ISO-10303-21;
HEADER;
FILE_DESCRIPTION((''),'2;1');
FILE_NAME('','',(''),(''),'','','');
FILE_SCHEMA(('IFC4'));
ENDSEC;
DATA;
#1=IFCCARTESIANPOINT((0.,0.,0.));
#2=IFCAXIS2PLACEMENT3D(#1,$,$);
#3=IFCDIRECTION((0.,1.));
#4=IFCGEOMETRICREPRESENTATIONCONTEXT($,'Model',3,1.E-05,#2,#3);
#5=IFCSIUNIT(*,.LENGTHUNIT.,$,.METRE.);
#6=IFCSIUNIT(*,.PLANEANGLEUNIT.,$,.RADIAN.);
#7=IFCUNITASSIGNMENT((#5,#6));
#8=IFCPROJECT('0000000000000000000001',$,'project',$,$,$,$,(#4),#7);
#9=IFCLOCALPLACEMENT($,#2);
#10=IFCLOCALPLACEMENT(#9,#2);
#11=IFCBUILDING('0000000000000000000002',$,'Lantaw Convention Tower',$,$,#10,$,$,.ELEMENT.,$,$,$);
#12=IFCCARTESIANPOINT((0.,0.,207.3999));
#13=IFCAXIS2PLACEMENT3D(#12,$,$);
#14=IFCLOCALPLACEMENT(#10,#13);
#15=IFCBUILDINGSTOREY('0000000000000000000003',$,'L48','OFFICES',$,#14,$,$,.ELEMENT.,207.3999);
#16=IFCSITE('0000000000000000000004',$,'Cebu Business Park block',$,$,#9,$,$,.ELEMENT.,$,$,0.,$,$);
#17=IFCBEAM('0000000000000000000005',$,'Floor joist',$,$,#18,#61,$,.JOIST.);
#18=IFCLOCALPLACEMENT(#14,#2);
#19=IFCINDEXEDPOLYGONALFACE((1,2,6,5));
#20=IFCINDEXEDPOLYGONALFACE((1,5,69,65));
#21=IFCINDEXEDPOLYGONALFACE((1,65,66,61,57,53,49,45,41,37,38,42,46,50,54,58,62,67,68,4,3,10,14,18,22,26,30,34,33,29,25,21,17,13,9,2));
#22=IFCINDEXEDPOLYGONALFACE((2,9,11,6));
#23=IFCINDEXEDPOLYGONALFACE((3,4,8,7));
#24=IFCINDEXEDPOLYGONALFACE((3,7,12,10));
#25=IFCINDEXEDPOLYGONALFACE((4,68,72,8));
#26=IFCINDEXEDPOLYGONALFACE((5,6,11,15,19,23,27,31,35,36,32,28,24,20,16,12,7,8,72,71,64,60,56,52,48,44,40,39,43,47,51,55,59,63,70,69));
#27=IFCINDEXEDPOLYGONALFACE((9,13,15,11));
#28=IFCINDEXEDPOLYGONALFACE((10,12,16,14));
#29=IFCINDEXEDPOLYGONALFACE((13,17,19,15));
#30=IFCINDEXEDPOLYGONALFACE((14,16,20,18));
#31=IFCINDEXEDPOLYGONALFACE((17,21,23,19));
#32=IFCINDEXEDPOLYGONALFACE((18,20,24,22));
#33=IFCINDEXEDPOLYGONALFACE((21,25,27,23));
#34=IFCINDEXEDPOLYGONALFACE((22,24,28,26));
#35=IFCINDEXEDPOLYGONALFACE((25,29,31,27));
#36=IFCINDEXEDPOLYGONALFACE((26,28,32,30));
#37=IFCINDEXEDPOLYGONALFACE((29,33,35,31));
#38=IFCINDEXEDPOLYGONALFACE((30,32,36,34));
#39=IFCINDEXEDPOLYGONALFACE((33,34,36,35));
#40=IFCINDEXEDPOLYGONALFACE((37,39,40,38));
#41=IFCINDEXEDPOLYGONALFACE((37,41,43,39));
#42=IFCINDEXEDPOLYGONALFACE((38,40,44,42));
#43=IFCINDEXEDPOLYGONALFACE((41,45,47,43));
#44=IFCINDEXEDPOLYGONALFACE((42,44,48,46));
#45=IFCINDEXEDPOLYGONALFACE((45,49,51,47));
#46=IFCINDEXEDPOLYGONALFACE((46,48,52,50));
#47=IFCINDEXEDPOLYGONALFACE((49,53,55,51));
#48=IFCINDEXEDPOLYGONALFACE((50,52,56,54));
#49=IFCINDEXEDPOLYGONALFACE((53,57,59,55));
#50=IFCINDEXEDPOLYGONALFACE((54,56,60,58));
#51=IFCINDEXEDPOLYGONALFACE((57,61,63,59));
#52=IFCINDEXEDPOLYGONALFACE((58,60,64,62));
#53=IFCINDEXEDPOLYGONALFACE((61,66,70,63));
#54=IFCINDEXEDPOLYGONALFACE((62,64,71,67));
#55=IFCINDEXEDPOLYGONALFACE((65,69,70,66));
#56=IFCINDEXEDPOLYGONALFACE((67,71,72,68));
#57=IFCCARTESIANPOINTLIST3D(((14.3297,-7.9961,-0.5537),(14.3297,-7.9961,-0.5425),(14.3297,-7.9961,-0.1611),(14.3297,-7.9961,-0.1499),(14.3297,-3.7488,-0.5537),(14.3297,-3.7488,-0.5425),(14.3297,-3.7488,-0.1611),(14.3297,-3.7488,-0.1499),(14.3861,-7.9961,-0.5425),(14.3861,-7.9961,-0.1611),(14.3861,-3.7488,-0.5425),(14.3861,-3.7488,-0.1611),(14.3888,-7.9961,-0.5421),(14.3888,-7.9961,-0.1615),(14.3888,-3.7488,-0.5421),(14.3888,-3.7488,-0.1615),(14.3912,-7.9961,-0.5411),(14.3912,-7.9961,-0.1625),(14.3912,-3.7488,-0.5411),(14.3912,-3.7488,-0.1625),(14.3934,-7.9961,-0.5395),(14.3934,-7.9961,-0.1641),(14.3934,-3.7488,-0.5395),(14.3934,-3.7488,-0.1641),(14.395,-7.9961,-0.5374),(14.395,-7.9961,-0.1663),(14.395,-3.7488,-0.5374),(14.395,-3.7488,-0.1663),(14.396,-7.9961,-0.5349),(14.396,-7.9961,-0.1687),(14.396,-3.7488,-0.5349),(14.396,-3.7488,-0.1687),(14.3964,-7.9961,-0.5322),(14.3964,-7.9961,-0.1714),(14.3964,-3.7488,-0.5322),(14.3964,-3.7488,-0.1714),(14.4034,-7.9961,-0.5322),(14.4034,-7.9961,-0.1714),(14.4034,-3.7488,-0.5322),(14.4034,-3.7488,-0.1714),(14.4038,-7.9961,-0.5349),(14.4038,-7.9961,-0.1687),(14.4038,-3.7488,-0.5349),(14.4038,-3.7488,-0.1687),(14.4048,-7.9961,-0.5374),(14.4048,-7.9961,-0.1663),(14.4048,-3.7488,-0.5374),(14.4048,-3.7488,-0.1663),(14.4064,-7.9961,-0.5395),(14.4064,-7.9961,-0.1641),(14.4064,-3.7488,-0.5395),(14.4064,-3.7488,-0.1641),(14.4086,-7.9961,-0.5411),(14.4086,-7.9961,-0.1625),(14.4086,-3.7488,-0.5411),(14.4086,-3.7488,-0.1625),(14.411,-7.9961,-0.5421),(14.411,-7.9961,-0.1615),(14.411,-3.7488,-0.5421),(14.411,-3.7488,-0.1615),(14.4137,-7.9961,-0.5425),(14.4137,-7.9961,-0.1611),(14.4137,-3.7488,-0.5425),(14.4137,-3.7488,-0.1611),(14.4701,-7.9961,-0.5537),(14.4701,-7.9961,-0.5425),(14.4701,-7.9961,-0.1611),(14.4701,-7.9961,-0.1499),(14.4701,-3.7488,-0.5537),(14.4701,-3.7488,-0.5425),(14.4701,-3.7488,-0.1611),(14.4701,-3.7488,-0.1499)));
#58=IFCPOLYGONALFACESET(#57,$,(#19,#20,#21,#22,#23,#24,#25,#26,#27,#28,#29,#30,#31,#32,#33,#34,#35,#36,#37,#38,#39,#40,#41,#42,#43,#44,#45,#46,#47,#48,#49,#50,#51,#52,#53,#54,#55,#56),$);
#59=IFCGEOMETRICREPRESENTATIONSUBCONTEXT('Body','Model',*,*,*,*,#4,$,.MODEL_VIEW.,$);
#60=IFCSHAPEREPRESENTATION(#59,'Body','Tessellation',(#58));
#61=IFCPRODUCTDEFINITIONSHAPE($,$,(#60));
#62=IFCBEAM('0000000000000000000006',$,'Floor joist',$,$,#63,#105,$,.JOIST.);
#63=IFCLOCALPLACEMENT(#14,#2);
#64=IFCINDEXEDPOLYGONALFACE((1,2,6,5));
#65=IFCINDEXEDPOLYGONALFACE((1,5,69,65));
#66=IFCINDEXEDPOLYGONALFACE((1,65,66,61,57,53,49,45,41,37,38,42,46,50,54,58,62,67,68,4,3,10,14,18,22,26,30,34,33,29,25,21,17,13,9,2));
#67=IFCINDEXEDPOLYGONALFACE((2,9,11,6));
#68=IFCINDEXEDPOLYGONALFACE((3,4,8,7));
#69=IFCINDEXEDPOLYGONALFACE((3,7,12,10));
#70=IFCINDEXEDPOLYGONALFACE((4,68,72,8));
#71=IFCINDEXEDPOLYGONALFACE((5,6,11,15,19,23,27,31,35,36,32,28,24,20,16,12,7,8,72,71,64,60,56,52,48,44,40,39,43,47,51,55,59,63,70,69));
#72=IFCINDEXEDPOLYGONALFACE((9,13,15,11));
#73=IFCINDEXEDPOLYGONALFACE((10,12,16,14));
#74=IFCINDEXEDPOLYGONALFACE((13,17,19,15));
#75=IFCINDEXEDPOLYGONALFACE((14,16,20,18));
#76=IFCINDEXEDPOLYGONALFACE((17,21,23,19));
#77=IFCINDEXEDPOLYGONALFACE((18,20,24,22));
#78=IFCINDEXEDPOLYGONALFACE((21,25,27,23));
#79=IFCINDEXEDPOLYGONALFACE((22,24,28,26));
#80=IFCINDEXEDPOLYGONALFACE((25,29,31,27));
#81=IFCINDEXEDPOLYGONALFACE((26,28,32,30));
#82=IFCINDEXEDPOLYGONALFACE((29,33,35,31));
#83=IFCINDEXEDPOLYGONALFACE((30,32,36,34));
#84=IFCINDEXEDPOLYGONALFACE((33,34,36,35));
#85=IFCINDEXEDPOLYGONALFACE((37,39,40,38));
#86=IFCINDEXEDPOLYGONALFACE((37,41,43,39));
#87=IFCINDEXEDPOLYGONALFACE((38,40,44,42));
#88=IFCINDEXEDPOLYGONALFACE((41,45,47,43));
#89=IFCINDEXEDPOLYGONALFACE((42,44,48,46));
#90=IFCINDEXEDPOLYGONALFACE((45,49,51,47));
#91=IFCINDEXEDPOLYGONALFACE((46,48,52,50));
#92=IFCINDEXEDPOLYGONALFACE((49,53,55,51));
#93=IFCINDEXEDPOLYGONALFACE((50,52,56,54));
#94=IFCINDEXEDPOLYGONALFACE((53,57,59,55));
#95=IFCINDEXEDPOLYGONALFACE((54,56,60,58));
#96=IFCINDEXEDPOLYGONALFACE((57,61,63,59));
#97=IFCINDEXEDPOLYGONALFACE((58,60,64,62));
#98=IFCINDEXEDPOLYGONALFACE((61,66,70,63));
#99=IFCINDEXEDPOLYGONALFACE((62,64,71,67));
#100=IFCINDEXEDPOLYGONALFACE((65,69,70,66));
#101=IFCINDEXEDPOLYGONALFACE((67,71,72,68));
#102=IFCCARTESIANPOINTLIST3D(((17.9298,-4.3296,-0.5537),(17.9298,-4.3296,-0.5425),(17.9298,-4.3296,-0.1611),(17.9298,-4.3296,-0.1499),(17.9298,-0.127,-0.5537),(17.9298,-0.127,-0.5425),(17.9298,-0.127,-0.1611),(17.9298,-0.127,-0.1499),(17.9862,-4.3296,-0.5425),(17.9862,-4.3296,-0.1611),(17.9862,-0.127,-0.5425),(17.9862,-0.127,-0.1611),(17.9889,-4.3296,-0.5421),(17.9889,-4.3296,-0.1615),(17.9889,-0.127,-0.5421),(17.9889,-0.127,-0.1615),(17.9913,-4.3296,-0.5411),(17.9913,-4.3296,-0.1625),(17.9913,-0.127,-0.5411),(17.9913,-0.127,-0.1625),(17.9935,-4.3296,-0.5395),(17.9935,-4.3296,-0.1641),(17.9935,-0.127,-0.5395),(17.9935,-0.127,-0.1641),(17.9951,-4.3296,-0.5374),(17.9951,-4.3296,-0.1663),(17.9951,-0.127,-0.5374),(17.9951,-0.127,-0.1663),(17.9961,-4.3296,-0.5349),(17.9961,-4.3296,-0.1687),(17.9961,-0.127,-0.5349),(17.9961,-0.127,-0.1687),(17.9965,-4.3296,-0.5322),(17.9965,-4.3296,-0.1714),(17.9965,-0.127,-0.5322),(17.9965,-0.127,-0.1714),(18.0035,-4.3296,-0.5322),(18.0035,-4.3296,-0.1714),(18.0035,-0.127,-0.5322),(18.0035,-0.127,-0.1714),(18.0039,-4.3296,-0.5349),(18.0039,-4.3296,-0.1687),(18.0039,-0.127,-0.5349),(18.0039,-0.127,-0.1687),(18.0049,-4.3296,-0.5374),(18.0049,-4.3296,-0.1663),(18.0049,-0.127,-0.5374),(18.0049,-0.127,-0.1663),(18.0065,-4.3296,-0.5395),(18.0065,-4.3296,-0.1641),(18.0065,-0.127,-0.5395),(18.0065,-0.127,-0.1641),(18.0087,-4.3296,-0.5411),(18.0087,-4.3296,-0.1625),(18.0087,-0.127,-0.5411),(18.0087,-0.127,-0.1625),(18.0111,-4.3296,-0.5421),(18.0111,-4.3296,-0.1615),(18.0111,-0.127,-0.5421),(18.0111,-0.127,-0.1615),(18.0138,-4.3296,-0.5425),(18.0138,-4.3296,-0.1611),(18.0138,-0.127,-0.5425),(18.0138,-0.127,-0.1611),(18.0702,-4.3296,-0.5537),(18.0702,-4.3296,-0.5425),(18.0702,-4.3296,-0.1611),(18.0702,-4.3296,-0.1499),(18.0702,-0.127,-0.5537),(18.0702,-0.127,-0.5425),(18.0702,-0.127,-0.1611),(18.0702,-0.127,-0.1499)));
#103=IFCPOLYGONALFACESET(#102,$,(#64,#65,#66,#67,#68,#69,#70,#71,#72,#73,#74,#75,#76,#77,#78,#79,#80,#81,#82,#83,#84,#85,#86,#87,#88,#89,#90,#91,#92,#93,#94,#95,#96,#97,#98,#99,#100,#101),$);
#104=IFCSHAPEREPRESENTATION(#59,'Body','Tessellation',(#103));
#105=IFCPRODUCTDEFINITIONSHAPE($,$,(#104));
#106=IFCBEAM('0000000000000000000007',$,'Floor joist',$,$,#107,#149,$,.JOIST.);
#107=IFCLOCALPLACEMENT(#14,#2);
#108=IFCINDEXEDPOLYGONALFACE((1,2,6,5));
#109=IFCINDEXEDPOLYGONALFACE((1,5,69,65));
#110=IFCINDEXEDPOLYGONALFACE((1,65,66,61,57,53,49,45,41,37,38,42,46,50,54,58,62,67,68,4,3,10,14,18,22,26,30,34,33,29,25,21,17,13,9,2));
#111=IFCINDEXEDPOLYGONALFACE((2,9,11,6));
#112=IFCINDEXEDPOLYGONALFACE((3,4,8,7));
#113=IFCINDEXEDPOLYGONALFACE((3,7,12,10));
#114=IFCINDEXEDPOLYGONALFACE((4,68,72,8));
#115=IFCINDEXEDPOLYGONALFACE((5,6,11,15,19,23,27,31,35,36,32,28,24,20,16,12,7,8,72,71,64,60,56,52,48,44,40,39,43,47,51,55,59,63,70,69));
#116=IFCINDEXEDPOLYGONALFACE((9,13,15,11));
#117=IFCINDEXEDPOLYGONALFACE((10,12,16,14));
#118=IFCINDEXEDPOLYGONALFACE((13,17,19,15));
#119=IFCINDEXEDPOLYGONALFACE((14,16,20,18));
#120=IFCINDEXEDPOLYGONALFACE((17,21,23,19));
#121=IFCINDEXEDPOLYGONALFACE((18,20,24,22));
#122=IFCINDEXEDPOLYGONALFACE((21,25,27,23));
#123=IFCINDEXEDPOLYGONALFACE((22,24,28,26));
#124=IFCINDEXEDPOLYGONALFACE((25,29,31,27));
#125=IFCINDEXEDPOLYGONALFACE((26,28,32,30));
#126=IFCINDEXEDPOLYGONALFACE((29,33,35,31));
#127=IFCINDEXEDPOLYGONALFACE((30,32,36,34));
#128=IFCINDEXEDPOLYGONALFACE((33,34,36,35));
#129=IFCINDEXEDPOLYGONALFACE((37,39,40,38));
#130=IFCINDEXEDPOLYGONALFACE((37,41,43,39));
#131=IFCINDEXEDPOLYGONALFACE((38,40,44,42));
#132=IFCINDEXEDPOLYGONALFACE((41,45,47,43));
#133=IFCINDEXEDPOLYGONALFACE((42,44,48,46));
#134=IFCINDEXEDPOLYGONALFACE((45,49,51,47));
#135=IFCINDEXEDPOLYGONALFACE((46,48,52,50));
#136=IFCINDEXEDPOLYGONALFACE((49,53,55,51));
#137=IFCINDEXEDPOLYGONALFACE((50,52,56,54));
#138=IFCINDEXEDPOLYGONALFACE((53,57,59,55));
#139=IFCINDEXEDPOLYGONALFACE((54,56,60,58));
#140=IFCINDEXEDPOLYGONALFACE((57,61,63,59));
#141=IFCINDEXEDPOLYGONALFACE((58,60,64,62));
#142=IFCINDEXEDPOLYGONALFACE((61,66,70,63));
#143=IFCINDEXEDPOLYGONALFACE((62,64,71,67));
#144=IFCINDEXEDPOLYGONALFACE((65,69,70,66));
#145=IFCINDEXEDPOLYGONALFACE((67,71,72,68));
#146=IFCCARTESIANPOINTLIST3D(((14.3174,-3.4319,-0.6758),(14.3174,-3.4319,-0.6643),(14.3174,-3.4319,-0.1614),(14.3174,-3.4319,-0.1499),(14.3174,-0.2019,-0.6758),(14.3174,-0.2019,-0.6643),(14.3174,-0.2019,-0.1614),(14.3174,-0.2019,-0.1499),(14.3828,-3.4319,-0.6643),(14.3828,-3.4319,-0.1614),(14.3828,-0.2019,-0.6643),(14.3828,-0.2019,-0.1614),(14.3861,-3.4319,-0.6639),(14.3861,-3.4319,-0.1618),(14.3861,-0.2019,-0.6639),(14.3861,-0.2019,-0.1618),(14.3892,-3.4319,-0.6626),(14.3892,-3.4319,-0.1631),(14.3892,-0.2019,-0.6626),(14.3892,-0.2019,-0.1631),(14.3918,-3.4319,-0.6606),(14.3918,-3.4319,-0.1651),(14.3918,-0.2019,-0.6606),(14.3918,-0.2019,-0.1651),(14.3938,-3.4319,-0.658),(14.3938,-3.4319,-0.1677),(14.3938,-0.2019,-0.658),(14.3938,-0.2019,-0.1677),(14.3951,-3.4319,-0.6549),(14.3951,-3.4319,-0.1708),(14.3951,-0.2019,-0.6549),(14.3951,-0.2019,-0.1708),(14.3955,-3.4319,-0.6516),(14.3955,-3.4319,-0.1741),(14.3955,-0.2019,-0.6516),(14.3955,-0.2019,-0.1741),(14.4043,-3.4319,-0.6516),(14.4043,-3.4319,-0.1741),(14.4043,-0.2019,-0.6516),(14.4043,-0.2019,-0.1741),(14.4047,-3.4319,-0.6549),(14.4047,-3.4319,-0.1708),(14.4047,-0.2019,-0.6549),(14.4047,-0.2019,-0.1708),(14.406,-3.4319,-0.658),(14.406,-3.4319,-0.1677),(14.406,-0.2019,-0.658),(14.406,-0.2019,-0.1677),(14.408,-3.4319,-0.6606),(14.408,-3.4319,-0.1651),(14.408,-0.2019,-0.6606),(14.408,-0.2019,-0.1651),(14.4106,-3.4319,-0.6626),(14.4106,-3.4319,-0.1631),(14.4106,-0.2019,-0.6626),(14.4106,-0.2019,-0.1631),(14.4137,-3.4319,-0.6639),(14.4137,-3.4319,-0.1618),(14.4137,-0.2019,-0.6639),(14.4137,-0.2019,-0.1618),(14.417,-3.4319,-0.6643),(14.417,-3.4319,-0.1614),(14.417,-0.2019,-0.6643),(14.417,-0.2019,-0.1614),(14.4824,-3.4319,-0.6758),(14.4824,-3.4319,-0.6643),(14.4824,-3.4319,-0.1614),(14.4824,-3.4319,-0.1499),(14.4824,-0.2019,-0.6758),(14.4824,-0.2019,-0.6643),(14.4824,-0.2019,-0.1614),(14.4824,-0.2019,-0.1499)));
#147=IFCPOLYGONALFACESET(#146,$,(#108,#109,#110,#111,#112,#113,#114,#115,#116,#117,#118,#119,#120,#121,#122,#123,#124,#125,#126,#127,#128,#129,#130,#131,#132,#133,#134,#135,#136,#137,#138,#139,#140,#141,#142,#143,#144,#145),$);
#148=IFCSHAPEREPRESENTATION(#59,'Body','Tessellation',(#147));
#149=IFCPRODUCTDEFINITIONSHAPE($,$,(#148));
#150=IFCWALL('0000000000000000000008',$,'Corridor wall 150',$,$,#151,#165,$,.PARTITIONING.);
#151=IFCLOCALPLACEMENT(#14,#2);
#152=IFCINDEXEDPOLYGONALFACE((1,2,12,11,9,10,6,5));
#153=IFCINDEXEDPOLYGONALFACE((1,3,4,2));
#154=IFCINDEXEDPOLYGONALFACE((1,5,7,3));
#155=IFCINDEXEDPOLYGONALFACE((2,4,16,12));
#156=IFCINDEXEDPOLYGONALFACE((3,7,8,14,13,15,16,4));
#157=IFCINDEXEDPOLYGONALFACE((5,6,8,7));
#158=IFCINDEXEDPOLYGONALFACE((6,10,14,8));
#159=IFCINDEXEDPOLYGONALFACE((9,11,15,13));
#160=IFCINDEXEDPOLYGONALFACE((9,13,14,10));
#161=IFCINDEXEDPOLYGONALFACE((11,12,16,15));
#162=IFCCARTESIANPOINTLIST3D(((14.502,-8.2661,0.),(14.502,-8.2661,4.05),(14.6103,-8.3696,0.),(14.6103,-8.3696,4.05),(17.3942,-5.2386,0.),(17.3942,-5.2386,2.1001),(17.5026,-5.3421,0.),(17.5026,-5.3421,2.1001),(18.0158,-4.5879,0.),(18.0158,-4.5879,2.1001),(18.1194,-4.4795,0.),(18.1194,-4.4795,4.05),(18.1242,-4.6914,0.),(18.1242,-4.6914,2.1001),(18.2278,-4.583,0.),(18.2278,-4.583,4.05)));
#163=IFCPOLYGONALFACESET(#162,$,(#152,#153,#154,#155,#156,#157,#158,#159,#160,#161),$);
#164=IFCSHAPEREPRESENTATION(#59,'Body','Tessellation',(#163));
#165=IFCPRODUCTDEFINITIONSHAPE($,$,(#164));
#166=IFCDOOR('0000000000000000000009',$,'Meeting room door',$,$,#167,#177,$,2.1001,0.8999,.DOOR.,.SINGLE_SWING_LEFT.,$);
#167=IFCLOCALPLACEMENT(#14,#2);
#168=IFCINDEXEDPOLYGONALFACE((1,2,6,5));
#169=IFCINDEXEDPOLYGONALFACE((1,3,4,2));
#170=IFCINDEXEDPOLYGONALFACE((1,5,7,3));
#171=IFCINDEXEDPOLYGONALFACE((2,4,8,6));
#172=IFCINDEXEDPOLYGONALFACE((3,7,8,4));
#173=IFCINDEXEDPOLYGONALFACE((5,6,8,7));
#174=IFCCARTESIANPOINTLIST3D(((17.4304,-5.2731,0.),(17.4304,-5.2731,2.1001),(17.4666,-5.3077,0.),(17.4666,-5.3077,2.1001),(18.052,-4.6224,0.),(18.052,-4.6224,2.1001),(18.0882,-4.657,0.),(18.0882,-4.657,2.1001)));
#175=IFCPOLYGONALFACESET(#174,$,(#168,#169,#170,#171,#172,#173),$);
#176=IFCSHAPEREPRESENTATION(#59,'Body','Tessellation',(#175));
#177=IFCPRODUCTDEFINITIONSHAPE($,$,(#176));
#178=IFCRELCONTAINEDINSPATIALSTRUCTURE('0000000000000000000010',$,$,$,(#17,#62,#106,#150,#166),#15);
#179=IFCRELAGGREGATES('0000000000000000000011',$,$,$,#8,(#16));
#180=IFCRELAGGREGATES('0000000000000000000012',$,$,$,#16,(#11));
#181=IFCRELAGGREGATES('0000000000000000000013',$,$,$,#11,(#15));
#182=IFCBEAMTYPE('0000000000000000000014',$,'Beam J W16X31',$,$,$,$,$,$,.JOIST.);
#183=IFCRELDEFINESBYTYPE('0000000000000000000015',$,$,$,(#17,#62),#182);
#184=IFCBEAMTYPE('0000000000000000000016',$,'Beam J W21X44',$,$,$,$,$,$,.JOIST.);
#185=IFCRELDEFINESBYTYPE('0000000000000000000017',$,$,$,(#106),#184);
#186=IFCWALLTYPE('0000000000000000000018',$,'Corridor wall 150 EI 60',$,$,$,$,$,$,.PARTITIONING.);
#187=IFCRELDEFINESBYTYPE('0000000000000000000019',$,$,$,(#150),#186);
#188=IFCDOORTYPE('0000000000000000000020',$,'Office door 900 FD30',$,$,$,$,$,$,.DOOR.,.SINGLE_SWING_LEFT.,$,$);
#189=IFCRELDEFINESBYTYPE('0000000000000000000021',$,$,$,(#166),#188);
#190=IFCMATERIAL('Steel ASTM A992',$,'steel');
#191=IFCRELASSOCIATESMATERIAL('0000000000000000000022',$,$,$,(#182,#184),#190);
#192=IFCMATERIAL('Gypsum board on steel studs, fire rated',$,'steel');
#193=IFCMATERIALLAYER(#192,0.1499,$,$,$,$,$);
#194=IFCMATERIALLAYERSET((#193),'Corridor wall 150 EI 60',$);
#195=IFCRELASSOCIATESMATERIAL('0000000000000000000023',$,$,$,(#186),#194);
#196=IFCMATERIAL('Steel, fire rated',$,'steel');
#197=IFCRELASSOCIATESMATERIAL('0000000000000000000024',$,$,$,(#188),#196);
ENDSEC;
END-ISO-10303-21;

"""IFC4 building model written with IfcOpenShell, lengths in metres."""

from ifc_helpers import new_model, si_unit, direction, frame, frame_2d, origin, origin_2d, place, context, subcontext, project, spatial, rectangle, i_section, extrude, material, layer, layer_set, material_profile, profile_set, type_object, element, fill, save


model = new_model("IFC4")

# Units and contexts
model_context = context("Model", 3, precision=1e-05, world=origin(), true_north=direction((0.0, 1.0)))
body_context = subcontext(model_context, "Body", "Model", "MODEL_VIEW")
ifc_project = project(units=[si_unit("LENGTHUNIT", "METRE"), si_unit("PLANEANGLEUNIT", "RADIAN")], contexts=[model_context])

# Site, building, storey
site_placement = place(None, origin())
site = spatial("IfcSite", under=ifc_project, at=site_placement, Name="Cebu Business Park block", CompositionType="ELEMENT", RefElevation=0.0)
building_placement = place(site_placement, origin())
building = spatial("IfcBuilding", under=site, at=building_placement, Name="Lantaw Convention Tower", CompositionType="ELEMENT")
storey_placement = place(building_placement, frame((0.0, 0.0, 207.3999)))
storey = spatial("IfcBuildingStorey", under=building, at=storey_placement, Name="L48", Description="OFFICES", CompositionType="ELEMENT", Elevation=207.3999)

# Beams
ifc_material_1 = material(Name="Steel ASTM A992", Category="steel")
ifc_material_profile_1 = material_profile(ifc_material_1, i_section(OverallWidth=0.1404, OverallDepth=0.4038, WebThickness=0.0071, FlangeThickness=0.0112, FilletRadius=0.0103, at=origin_2d()), Name="W16X31")
ifc_profile_set_1 = profile_set([ifc_material_profile_1], Name="Steel ASTM A992")
beam_type_1 = type_object("IfcBeamType", Name="Beam J W16X31", PredefinedType="JOIST", material=ifc_profile_set_1)
beam_1_placement = place(storey_placement, frame((14.3999, -7.9961, -0.3518), z_axis=(0.0, 1.0, 0.0), x_axis=(-1.0, 0.0, 0.0)))
element("IfcBeam", 1, at=beam_1_placement, inside=storey, type_object=beam_type_1, Name="Floor joist", PredefinedType="JOIST", context=body_context, shape_type="SweptSolid", body=[
    extrude(i_section(OverallWidth=0.1404, OverallDepth=0.4038, WebThickness=0.0071, FlangeThickness=0.0112, FilletRadius=0.0103, at=origin_2d()), origin(), (0.0, 0.0, 1.0), 4.2473),
])
beam_2_placement = place(storey_placement, frame((18.0, -4.3296, -0.3518), z_axis=(0.0, 1.0, 0.0), x_axis=(-1.0, 0.0, 0.0)))
element("IfcBeam", 2, at=beam_2_placement, inside=storey, type_object=beam_type_1, Name="Floor joist", PredefinedType="JOIST", context=body_context, shape_type="SweptSolid", body=[
    extrude(i_section(OverallWidth=0.1404, OverallDepth=0.4038, WebThickness=0.0071, FlangeThickness=0.0112, FilletRadius=0.0103, at=origin_2d()), origin(), (0.0, 0.0, 1.0), 4.2026),
])
ifc_material_profile_2 = material_profile(ifc_material_1, i_section(OverallWidth=0.165, OverallDepth=0.5259, WebThickness=0.0088, FlangeThickness=0.0115, FilletRadius=0.0127, at=origin_2d()), Name="W21X44")
ifc_profile_set_2 = profile_set([ifc_material_profile_2], Name="Steel ASTM A992")
beam_type_2 = type_object("IfcBeamType", Name="Beam J W21X44", PredefinedType="JOIST", material=ifc_profile_set_2)
beam_3_placement = place(storey_placement, frame((14.3999, -3.4319, -0.4128), z_axis=(0.0, 1.0, 0.0), x_axis=(-1.0, 0.0, 0.0)))
element("IfcBeam", 3, at=beam_3_placement, inside=storey, type_object=beam_type_2, Name="Floor joist", PredefinedType="JOIST", context=body_context, shape_type="SweptSolid", body=[
    extrude(i_section(OverallWidth=0.165, OverallDepth=0.5259, WebThickness=0.0088, FlangeThickness=0.0115, FilletRadius=0.0127, at=origin_2d()), origin(), (0.0, 0.0, 1.0), 3.23),
])

# Wall, opening, door
ifc_material_2 = material(Name="Gypsum board on steel studs, fire rated", Category="steel")
ifc_layer_1 = layer(ifc_material_2, 0.1499)
ifc_layer_set_1 = layer_set([ifc_layer_1], Name="Corridor wall 150 EI 60")
wall_type_1 = type_object("IfcWallType", Name="Corridor wall 150 EI 60", PredefinedType="PARTITIONING", material=ifc_layer_set_1)
wall_1_placement = place(storey_placement, frame((14.5562, -8.3179, 0.0), z_axis=(0.0, 0.0, 1.0), x_axis=(0.690768, 0.723076, 0.0)))
wall_1 = element("IfcWall", 4, at=wall_1_placement, inside=storey, type_object=wall_type_1, Name="Corridor wall 150", PredefinedType="PARTITIONING", context=body_context, shape_type="SweptSolid", body=[
    extrude(rectangle(XDim=5.2368, YDim=0.1499, at=frame_2d((2.6184, 0.0))), origin(), (0.0, 0.0, 1.0), 4.05),
])
opening_1_placement = place(wall_1_placement, frame((4.187, 0.0, 0.0)))
opening_1 = element("IfcOpeningElement", 5, at=opening_1_placement, cuts=wall_1, PredefinedType="OPENING", context=body_context, shape_type="SweptSolid", body=[
    extrude(rectangle(XDim=0.8999, YDim=2.1001, at=frame_2d((0.45, 1.05))), frame((0.0, 0.085, 0.0), z_axis=(0.0, -1.0, 0.0), x_axis=(1.0, 0.0, 0.0)), (0.0, 0.0, 1.0), 0.1699),
])
ifc_material_3 = material(Name="Steel, fire rated", Category="steel")
door_type_1 = type_object("IfcDoorType", Name="Office door 900 FD30", OperationType="SINGLE_SWING_LEFT", PredefinedType="DOOR", material=ifc_material_3)
door_1_placement = place(opening_1_placement, origin())
door_1 = element("IfcDoor", 6, at=door_1_placement, inside=storey, type_object=door_type_1, Name="Meeting room door", OperationType="SINGLE_SWING_LEFT", OverallHeight=2.1001, OverallWidth=0.8999, PredefinedType="DOOR", context=body_context, shape_type="SweptSolid", body=[
    extrude(rectangle(XDim=0.8999, YDim=2.1001, at=frame_2d((0.45, 1.05))), frame((0.0, 0.0249, 0.0), z_axis=(0.0, -1.0, 0.0), x_axis=(1.0, 0.0, 0.0)), (0.0, 0.0, 1.0), 0.05),
])
fill(opening_1, door_1)

save(model, "model.ifc")
